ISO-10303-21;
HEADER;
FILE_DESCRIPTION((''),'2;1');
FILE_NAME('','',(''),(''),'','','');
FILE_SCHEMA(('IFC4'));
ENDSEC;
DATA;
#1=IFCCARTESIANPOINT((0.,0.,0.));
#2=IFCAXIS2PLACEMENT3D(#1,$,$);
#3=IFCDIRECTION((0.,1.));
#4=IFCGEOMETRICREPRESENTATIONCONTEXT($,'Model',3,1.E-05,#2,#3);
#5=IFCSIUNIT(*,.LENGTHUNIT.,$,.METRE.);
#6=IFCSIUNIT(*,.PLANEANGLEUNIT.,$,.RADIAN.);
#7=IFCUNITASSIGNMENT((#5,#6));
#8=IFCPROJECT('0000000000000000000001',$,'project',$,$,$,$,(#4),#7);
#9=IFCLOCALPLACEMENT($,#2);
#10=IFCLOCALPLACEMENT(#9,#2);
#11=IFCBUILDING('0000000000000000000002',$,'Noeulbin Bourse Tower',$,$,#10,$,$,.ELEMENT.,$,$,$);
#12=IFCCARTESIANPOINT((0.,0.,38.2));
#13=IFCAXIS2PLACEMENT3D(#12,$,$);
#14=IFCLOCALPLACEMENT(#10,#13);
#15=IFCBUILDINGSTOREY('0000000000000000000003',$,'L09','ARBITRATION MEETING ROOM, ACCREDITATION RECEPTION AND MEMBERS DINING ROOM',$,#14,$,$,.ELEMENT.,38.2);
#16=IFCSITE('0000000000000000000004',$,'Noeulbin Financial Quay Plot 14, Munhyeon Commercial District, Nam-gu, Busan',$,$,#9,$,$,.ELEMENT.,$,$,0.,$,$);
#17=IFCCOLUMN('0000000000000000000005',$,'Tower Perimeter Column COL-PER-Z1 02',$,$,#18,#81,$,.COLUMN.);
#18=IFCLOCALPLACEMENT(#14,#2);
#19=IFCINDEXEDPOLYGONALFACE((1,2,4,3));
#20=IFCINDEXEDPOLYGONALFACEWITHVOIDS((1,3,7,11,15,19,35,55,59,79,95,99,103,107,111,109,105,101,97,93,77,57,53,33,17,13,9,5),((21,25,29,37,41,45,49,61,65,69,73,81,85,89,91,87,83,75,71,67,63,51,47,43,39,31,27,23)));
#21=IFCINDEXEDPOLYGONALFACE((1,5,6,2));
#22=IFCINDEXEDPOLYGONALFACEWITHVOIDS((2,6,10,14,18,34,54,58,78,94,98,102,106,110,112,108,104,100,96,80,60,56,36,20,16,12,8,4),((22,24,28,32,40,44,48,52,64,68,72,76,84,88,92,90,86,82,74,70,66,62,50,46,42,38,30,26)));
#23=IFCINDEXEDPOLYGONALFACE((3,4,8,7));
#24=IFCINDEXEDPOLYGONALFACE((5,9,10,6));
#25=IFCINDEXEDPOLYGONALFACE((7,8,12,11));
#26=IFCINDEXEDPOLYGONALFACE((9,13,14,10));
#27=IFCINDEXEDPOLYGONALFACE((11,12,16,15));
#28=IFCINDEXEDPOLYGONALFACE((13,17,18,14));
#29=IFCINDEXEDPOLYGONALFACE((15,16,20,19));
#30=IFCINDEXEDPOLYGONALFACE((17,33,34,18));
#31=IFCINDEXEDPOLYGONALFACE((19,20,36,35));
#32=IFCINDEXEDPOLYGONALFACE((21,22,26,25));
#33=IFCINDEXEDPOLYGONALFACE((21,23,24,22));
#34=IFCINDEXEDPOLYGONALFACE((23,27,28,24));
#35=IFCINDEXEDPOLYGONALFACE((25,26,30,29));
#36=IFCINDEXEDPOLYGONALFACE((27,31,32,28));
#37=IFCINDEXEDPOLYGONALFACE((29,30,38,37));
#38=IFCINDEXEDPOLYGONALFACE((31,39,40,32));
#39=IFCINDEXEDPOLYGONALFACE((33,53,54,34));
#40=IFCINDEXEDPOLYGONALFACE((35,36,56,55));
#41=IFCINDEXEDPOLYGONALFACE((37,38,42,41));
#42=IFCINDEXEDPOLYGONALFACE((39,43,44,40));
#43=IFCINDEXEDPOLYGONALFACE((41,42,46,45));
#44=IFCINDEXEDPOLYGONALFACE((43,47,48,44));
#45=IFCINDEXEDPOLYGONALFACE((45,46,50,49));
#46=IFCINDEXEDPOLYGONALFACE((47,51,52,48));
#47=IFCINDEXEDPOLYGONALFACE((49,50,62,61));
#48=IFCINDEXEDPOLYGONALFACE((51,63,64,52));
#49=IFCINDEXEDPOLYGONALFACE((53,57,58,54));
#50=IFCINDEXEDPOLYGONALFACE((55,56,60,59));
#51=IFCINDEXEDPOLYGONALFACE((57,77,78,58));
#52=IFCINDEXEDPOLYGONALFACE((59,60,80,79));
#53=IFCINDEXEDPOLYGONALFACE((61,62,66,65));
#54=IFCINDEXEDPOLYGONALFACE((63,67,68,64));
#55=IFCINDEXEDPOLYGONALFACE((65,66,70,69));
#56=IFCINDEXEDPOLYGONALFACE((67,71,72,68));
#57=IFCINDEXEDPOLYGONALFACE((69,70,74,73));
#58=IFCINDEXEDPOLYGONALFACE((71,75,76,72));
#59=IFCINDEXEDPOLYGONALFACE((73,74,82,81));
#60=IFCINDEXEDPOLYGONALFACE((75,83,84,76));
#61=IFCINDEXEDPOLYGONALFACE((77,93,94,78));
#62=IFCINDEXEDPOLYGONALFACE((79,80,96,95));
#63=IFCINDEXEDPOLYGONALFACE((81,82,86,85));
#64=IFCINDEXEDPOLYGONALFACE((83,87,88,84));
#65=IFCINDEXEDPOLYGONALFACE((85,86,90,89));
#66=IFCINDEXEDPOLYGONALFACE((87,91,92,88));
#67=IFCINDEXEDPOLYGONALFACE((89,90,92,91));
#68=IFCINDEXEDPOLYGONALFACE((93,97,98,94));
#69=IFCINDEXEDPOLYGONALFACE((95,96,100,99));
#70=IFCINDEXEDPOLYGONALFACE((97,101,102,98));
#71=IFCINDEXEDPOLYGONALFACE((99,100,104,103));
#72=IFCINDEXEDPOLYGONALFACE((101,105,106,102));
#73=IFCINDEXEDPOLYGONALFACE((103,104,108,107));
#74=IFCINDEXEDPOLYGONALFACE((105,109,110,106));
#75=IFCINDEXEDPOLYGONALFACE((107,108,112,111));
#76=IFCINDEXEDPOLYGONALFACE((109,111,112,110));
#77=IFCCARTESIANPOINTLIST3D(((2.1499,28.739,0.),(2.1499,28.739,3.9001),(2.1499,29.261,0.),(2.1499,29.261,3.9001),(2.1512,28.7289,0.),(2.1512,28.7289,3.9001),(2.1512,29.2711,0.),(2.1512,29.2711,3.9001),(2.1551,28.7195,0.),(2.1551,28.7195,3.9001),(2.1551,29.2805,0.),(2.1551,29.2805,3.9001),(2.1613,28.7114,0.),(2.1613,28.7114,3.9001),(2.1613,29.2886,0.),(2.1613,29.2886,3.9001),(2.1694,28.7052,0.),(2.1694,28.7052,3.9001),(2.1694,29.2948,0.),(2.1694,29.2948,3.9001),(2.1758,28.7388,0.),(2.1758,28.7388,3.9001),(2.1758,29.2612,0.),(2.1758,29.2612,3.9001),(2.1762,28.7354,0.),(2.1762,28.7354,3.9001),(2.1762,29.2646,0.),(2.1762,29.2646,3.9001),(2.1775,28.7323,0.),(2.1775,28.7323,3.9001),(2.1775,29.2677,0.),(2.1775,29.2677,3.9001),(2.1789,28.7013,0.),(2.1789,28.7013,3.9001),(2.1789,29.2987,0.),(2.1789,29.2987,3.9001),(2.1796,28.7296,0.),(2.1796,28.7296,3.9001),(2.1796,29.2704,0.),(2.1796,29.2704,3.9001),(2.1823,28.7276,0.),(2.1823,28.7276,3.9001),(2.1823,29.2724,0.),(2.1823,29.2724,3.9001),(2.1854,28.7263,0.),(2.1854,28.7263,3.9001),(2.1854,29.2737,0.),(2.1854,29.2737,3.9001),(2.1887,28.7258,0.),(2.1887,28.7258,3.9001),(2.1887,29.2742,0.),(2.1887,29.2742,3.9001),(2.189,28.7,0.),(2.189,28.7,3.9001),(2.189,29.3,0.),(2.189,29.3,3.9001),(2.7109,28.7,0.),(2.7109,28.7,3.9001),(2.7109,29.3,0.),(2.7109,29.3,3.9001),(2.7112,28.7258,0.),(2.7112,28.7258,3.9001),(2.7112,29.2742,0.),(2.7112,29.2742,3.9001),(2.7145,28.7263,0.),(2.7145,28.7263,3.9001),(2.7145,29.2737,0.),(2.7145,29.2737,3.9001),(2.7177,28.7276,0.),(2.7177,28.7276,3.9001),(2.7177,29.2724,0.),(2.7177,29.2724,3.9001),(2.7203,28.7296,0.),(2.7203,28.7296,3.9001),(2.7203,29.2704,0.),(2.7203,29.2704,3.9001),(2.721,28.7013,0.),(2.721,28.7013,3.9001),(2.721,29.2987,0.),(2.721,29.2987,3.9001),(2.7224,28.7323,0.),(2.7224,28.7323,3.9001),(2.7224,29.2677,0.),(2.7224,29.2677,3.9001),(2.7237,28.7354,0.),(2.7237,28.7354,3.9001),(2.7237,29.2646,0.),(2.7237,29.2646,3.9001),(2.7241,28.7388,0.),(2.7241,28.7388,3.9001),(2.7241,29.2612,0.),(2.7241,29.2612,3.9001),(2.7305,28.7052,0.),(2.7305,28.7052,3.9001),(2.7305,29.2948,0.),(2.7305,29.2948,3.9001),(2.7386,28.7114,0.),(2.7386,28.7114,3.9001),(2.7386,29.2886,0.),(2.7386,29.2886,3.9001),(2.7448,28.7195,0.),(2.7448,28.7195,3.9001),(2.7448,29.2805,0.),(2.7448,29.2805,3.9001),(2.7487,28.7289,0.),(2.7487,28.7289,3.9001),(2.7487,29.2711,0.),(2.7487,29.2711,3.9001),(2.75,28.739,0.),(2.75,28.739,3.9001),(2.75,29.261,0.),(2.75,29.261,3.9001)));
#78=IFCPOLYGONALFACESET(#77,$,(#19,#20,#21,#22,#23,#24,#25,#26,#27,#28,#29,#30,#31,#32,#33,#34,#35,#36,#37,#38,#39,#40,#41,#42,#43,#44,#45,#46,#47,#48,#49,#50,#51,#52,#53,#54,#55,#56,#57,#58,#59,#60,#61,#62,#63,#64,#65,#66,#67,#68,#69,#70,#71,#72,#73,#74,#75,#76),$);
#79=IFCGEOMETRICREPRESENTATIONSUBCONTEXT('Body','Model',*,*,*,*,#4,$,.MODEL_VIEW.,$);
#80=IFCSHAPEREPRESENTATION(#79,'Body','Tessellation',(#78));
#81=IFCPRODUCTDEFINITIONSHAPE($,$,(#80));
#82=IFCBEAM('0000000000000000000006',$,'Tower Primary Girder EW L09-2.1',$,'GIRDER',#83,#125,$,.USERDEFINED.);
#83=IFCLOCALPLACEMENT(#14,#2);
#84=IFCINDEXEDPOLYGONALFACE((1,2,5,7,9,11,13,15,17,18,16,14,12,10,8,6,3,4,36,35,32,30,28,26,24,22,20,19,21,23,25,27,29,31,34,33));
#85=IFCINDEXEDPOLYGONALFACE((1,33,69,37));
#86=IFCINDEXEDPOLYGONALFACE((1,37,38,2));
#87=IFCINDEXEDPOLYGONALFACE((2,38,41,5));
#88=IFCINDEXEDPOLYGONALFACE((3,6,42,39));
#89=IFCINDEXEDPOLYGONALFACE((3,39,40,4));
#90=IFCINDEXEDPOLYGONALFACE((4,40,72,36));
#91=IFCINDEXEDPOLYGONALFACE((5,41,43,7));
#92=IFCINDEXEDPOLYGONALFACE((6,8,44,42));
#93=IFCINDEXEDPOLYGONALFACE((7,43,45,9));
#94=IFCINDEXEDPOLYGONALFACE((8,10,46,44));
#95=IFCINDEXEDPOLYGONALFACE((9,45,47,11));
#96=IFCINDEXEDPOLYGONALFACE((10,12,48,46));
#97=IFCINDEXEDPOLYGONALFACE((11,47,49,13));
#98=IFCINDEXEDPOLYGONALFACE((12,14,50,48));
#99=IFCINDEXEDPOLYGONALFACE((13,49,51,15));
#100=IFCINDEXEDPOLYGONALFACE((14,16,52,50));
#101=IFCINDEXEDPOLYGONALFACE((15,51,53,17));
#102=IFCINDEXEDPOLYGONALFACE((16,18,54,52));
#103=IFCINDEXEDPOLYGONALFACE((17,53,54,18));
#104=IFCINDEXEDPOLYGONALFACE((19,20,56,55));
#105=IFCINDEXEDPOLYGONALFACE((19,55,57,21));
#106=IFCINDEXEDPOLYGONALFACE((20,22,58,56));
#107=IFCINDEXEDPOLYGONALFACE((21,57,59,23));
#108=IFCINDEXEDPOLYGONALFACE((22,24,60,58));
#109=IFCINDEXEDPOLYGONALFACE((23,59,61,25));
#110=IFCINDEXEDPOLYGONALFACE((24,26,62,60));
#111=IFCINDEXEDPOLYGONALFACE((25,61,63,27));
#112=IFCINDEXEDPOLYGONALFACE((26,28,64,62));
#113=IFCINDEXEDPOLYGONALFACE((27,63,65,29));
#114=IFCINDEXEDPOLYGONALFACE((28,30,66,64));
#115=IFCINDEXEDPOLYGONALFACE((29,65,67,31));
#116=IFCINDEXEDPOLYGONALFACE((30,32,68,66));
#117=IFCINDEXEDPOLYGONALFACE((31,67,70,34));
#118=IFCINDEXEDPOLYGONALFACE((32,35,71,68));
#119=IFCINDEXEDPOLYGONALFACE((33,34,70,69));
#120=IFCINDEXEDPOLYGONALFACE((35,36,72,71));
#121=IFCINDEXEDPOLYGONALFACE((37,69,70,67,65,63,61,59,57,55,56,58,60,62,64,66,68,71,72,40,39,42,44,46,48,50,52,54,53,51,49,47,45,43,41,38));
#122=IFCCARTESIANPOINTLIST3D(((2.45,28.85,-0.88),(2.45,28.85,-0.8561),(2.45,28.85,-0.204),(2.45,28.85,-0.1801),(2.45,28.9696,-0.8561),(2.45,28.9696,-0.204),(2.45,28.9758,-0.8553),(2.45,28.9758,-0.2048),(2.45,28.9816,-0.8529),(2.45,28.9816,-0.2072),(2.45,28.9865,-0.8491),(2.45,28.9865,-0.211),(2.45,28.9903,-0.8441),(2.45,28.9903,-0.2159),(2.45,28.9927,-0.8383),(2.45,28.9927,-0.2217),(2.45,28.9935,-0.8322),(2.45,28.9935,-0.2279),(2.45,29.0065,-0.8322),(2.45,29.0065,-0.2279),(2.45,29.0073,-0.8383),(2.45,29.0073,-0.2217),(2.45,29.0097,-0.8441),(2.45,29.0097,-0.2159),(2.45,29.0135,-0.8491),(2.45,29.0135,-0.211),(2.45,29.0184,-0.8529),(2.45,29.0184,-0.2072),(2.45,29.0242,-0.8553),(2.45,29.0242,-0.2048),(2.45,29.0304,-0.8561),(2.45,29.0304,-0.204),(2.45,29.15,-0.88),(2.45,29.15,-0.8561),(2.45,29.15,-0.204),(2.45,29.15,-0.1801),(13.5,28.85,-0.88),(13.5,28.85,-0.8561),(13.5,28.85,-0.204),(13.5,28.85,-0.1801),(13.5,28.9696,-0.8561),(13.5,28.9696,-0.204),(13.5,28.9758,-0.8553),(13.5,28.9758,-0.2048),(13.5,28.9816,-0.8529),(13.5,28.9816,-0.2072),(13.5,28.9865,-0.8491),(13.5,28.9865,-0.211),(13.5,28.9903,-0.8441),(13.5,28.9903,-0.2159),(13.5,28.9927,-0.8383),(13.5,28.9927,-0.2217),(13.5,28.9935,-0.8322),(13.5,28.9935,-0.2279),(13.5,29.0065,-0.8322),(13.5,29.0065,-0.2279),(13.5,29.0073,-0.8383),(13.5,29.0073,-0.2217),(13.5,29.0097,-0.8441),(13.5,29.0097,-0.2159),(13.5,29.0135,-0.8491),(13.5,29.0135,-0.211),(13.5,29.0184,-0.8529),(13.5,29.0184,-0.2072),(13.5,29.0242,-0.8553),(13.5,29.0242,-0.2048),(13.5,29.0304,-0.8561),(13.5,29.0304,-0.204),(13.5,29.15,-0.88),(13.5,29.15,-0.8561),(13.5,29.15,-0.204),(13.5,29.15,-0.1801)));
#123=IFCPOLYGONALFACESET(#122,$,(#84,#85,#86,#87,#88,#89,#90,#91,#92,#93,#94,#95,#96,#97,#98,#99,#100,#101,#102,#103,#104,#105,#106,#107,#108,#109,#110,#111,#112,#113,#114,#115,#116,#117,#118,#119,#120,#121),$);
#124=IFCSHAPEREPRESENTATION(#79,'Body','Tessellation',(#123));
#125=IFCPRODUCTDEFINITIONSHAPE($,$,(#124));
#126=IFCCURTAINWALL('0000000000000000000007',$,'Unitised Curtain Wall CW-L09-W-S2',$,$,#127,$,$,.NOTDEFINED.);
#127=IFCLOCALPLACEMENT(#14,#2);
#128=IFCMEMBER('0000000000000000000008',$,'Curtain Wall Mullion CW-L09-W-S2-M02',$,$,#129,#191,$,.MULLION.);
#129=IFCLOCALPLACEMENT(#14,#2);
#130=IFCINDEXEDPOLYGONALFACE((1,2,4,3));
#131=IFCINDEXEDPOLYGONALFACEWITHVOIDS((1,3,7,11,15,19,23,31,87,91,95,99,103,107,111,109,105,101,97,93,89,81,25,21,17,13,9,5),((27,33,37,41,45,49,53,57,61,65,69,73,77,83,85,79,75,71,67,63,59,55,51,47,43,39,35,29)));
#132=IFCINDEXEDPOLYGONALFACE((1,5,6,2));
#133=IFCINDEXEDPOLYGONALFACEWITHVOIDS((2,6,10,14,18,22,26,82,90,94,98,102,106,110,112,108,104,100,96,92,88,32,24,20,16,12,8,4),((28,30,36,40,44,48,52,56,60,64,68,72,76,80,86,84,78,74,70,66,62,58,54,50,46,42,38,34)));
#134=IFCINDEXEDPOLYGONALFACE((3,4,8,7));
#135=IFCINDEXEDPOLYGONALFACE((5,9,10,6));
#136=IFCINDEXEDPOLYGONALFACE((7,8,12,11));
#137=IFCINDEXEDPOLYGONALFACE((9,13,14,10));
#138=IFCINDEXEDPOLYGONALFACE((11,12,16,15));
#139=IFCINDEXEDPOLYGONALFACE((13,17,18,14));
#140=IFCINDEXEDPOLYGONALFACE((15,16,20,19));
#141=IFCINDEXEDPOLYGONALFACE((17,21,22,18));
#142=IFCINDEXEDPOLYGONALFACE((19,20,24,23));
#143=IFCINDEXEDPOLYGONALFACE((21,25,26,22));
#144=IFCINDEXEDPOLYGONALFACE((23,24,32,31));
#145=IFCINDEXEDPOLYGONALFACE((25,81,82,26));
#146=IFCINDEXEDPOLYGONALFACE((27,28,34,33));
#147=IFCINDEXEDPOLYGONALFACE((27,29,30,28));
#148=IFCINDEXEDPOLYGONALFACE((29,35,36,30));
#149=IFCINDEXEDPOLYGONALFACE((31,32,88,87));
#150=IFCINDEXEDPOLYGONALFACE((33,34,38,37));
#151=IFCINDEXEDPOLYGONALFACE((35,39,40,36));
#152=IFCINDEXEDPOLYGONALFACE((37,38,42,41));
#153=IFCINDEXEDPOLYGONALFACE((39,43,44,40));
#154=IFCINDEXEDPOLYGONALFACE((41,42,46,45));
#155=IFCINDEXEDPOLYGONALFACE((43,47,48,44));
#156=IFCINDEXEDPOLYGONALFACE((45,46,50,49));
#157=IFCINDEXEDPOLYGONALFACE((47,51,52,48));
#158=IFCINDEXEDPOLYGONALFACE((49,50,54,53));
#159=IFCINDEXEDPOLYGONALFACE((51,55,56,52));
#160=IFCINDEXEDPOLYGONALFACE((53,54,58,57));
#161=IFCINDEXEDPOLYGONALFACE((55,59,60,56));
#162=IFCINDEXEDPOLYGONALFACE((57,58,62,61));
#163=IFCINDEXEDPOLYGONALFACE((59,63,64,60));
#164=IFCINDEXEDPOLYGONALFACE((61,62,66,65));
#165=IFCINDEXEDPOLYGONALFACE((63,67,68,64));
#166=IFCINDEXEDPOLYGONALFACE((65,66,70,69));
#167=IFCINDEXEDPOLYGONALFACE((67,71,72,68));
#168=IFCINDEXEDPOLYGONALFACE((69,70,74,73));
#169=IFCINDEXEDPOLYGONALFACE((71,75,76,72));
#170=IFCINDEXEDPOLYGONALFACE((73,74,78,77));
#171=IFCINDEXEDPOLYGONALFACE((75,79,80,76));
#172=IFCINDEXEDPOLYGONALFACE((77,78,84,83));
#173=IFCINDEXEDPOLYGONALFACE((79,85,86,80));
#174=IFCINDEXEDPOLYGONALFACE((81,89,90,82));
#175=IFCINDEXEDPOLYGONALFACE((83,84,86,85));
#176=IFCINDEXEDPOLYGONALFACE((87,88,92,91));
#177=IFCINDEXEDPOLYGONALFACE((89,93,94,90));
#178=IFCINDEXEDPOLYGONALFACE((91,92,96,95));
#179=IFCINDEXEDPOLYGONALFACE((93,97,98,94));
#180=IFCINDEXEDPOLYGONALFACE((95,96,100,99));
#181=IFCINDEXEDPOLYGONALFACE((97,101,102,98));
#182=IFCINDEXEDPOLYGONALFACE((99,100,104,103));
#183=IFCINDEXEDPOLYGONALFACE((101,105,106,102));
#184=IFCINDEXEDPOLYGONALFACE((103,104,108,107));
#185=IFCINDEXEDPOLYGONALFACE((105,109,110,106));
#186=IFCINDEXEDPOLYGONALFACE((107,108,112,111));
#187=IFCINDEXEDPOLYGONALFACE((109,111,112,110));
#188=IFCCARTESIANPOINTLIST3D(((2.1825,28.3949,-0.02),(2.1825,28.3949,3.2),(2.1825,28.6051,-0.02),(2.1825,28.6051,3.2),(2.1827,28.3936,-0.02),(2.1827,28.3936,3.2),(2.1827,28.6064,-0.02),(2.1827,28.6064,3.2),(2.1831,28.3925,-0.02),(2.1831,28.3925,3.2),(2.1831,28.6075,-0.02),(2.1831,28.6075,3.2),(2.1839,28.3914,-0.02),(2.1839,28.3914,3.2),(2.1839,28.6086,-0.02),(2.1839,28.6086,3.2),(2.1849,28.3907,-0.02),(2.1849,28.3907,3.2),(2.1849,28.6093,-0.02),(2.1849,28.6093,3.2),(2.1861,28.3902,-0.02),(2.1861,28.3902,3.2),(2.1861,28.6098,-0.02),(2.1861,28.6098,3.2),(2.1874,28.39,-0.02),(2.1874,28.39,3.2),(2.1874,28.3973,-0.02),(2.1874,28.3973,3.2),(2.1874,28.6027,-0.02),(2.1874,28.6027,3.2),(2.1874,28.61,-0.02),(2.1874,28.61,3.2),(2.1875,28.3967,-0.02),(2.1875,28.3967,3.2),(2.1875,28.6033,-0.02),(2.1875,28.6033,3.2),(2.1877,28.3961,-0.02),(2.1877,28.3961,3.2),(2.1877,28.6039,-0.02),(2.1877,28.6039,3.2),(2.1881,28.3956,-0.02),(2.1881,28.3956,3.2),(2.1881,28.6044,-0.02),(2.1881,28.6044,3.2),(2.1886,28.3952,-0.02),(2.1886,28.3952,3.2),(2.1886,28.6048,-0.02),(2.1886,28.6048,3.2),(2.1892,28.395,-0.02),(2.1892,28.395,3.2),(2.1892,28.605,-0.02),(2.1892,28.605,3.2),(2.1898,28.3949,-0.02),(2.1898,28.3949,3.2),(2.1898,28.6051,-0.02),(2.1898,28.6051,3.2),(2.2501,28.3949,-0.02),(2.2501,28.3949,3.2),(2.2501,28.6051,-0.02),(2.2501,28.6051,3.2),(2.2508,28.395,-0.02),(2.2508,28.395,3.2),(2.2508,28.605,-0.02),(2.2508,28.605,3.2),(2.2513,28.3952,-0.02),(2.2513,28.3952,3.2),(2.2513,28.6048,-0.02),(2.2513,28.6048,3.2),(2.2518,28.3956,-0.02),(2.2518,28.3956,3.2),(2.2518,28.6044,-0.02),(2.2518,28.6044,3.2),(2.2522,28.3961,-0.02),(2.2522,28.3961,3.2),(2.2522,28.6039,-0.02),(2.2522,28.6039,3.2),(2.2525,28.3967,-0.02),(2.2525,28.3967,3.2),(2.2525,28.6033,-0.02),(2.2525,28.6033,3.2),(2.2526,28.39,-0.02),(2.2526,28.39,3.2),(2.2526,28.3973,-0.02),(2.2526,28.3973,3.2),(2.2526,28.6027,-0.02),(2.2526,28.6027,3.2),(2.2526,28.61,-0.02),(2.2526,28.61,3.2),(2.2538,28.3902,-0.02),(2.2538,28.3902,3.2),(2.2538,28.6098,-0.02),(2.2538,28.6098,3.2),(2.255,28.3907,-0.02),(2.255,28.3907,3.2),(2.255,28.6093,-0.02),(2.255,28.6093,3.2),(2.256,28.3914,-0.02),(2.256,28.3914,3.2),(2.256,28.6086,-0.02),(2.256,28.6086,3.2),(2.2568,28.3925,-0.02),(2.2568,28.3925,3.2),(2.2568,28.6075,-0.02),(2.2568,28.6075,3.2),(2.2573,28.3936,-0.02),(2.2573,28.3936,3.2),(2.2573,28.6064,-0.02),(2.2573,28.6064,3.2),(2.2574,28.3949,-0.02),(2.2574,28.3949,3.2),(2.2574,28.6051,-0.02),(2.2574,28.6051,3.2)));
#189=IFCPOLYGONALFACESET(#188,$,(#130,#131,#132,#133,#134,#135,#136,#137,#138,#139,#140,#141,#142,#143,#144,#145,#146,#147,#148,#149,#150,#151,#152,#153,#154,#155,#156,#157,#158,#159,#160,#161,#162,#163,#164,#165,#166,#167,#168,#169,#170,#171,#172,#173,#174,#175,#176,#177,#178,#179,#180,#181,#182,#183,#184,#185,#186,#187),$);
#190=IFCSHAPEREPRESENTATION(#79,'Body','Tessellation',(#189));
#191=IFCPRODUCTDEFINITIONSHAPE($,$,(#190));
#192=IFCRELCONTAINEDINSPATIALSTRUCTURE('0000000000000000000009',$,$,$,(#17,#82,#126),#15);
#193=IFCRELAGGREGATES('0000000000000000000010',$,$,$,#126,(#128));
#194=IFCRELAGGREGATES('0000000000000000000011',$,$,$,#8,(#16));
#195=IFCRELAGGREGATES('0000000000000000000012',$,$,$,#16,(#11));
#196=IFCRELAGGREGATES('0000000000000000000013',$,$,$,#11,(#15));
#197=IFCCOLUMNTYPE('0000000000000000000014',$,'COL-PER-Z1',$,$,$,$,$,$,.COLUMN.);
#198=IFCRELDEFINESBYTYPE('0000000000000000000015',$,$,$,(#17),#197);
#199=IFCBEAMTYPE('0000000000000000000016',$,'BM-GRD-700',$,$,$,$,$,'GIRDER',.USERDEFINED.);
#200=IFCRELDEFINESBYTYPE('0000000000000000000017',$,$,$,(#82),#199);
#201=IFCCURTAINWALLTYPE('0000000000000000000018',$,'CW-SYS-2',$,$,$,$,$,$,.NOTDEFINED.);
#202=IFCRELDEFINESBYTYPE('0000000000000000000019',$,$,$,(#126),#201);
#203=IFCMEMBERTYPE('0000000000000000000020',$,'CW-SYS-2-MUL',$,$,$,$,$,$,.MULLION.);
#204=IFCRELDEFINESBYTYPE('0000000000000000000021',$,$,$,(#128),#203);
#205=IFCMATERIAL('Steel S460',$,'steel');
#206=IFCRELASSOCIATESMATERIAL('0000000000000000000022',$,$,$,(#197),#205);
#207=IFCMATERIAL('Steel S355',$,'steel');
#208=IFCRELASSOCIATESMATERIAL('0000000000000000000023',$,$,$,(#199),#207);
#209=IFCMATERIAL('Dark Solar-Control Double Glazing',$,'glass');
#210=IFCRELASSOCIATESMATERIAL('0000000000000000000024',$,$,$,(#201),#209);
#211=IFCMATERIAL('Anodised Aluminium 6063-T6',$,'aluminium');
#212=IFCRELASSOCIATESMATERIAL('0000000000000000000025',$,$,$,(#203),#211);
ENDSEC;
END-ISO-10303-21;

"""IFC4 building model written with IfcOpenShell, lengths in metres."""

from ifc_helpers import new_model, si_unit, direction, frame, origin, origin_2d, place, context, subcontext, project, spatial, hollow_rectangle, i_section, extrude, material, material_profile, profile_set, type_object, element, aggregate, save


model = new_model("IFC4")

# Units and contexts
model_context = context("Model", 3, precision=1e-05, world=origin(), true_north=direction((0.0, 1.0)))
body_context = subcontext(model_context, "Body", "Model", "MODEL_VIEW")
ifc_project = project(units=[si_unit("LENGTHUNIT", "METRE"), si_unit("PLANEANGLEUNIT", "RADIAN")], contexts=[model_context])

# Site, building, storey
site_placement = place(None, origin())
site = spatial("IfcSite", under=ifc_project, at=site_placement, Name="Noeulbin Financial Quay Plot 14, Munhyeon Commercial District, Nam-gu, Busan", CompositionType="ELEMENT", RefElevation=0.0)
building_placement = place(site_placement, origin())
building = spatial("IfcBuilding", under=site, at=building_placement, Name="Noeulbin Bourse Tower", CompositionType="ELEMENT")
storey_placement = place(building_placement, frame((0.0, 0.0, 38.2)))
storey = spatial("IfcBuildingStorey", under=building, at=storey_placement, Name="L09", Description="ARBITRATION MEETING ROOM, ACCREDITATION RECEPTION AND MEMBERS DINING ROOM", CompositionType="ELEMENT", Elevation=38.2)

# Column
ifc_material_1 = material(Name="Steel S460", Category="steel")
ifc_material_profile_1 = material_profile(ifc_material_1, hollow_rectangle(XDim=0.6001, YDim=0.6001, WallThickness=0.0259, InnerFilletRadius=0.0129, OuterFilletRadius=0.0391, at=origin_2d()), Name="BOX-600x600x26", Category="LoadBearing")
ifc_profile_set_1 = profile_set([ifc_material_profile_1], Name="Steel S460")
column_type = type_object("IfcColumnType", Name="COL-PER-Z1", PredefinedType="COLUMN", material=ifc_profile_set_1)
column_placement = place(storey_placement, frame((2.45, 29.0, 0.0), z_axis=(0.0, 0.0, 1.0), x_axis=(1.0, 0.0, 0.0)))
element("IfcColumn", 1, at=column_placement, inside=storey, type_object=column_type, Name="Tower Perimeter Column COL-PER-Z1 02", PredefinedType="COLUMN", context=body_context, shape_type="SweptSolid", body=[
    extrude(hollow_rectangle(XDim=0.6001, YDim=0.6001, WallThickness=0.0259, InnerFilletRadius=0.0129, OuterFilletRadius=0.0391, at=origin_2d()), origin(), (0.0, 0.0, 1.0), 3.9001),
])

# Beam
ifc_material_2 = material(Name="Steel S355", Category="steel")
ifc_material_profile_2 = material_profile(ifc_material_2, i_section(OverallWidth=0.3, OverallDepth=0.7, WebThickness=0.0129, FlangeThickness=0.0239, FilletRadius=0.0239, at=origin_2d()), Name="H-700x300x13x24", Category="LoadBearing")
ifc_profile_set_2 = profile_set([ifc_material_profile_2], Name="Steel S355")
beam_type = type_object("IfcBeamType", Name="BM-GRD-700", ElementType="GIRDER", PredefinedType="USERDEFINED", material=ifc_profile_set_2)
beam_placement = place(storey_placement, frame((2.45, 29.0, -0.53), z_axis=(1.0, 0.0, 0.0), x_axis=(0.0, 1.0, 0.0)))
element("IfcBeam", 2, at=beam_placement, inside=storey, type_object=beam_type, Name="Tower Primary Girder EW L09-2.1", ObjectType="GIRDER", PredefinedType="USERDEFINED", context=body_context, shape_type="SweptSolid", body=[
    extrude(i_section(OverallWidth=0.3, OverallDepth=0.7, WebThickness=0.0129, FlangeThickness=0.0239, FilletRadius=0.0239, at=origin_2d()), origin(), (0.0, 0.0, 1.0), 11.05),
])

# Curtain wall, member
ifc_material_3 = material(Name="Dark Solar-Control Double Glazing", Category="glass")
curtain_wall_type = type_object("IfcCurtainWallType", Name="CW-SYS-2", PredefinedType="NOTDEFINED", material=ifc_material_3)
curtain_wall_1_placement = place(storey_placement, origin())
curtain_wall_1 = element("IfcCurtainWall", 3, at=curtain_wall_1_placement, inside=storey, type_object=curtain_wall_type, Name="Unitised Curtain Wall CW-L09-W-S2", PredefinedType="NOTDEFINED")
ifc_material_4 = material(Name="Anodised Aluminium 6063-T6", Category="aluminium")
ifc_material_profile_3 = material_profile(ifc_material_4, hollow_rectangle(XDim=0.075, YDim=0.22, WallThickness=0.0049, InnerFilletRadius=0.0024, OuterFilletRadius=0.0049, at=origin_2d()), Name="ALU-MULL-75x220x5", Category="LoadBearing")
ifc_profile_set_3 = profile_set([ifc_material_profile_3], Name="Anodised Aluminium 6063-T6")
member_type_1 = type_object("IfcMemberType", Name="CW-SYS-2-MUL", PredefinedType="MULLION", material=ifc_profile_set_3)
member_1_placement = place(storey_placement, frame((2.22, 28.5, -0.02), z_axis=(0.0, 0.0, 1.0), x_axis=(1.0, 0.0, 0.0)))
member_1 = element("IfcMember", 4, at=member_1_placement, type_object=member_type_1, Name="Curtain Wall Mullion CW-L09-W-S2-M02", PredefinedType="MULLION", context=body_context, shape_type="SweptSolid", body=[
    extrude(hollow_rectangle(XDim=0.075, YDim=0.22, WallThickness=0.0049, InnerFilletRadius=0.0024, OuterFilletRadius=0.0049, at=origin_2d()), origin(), (0.0, 0.0, 1.0), 3.22),
])
aggregate(curtain_wall_1, [member_1])

save(model, "model.ifc")
